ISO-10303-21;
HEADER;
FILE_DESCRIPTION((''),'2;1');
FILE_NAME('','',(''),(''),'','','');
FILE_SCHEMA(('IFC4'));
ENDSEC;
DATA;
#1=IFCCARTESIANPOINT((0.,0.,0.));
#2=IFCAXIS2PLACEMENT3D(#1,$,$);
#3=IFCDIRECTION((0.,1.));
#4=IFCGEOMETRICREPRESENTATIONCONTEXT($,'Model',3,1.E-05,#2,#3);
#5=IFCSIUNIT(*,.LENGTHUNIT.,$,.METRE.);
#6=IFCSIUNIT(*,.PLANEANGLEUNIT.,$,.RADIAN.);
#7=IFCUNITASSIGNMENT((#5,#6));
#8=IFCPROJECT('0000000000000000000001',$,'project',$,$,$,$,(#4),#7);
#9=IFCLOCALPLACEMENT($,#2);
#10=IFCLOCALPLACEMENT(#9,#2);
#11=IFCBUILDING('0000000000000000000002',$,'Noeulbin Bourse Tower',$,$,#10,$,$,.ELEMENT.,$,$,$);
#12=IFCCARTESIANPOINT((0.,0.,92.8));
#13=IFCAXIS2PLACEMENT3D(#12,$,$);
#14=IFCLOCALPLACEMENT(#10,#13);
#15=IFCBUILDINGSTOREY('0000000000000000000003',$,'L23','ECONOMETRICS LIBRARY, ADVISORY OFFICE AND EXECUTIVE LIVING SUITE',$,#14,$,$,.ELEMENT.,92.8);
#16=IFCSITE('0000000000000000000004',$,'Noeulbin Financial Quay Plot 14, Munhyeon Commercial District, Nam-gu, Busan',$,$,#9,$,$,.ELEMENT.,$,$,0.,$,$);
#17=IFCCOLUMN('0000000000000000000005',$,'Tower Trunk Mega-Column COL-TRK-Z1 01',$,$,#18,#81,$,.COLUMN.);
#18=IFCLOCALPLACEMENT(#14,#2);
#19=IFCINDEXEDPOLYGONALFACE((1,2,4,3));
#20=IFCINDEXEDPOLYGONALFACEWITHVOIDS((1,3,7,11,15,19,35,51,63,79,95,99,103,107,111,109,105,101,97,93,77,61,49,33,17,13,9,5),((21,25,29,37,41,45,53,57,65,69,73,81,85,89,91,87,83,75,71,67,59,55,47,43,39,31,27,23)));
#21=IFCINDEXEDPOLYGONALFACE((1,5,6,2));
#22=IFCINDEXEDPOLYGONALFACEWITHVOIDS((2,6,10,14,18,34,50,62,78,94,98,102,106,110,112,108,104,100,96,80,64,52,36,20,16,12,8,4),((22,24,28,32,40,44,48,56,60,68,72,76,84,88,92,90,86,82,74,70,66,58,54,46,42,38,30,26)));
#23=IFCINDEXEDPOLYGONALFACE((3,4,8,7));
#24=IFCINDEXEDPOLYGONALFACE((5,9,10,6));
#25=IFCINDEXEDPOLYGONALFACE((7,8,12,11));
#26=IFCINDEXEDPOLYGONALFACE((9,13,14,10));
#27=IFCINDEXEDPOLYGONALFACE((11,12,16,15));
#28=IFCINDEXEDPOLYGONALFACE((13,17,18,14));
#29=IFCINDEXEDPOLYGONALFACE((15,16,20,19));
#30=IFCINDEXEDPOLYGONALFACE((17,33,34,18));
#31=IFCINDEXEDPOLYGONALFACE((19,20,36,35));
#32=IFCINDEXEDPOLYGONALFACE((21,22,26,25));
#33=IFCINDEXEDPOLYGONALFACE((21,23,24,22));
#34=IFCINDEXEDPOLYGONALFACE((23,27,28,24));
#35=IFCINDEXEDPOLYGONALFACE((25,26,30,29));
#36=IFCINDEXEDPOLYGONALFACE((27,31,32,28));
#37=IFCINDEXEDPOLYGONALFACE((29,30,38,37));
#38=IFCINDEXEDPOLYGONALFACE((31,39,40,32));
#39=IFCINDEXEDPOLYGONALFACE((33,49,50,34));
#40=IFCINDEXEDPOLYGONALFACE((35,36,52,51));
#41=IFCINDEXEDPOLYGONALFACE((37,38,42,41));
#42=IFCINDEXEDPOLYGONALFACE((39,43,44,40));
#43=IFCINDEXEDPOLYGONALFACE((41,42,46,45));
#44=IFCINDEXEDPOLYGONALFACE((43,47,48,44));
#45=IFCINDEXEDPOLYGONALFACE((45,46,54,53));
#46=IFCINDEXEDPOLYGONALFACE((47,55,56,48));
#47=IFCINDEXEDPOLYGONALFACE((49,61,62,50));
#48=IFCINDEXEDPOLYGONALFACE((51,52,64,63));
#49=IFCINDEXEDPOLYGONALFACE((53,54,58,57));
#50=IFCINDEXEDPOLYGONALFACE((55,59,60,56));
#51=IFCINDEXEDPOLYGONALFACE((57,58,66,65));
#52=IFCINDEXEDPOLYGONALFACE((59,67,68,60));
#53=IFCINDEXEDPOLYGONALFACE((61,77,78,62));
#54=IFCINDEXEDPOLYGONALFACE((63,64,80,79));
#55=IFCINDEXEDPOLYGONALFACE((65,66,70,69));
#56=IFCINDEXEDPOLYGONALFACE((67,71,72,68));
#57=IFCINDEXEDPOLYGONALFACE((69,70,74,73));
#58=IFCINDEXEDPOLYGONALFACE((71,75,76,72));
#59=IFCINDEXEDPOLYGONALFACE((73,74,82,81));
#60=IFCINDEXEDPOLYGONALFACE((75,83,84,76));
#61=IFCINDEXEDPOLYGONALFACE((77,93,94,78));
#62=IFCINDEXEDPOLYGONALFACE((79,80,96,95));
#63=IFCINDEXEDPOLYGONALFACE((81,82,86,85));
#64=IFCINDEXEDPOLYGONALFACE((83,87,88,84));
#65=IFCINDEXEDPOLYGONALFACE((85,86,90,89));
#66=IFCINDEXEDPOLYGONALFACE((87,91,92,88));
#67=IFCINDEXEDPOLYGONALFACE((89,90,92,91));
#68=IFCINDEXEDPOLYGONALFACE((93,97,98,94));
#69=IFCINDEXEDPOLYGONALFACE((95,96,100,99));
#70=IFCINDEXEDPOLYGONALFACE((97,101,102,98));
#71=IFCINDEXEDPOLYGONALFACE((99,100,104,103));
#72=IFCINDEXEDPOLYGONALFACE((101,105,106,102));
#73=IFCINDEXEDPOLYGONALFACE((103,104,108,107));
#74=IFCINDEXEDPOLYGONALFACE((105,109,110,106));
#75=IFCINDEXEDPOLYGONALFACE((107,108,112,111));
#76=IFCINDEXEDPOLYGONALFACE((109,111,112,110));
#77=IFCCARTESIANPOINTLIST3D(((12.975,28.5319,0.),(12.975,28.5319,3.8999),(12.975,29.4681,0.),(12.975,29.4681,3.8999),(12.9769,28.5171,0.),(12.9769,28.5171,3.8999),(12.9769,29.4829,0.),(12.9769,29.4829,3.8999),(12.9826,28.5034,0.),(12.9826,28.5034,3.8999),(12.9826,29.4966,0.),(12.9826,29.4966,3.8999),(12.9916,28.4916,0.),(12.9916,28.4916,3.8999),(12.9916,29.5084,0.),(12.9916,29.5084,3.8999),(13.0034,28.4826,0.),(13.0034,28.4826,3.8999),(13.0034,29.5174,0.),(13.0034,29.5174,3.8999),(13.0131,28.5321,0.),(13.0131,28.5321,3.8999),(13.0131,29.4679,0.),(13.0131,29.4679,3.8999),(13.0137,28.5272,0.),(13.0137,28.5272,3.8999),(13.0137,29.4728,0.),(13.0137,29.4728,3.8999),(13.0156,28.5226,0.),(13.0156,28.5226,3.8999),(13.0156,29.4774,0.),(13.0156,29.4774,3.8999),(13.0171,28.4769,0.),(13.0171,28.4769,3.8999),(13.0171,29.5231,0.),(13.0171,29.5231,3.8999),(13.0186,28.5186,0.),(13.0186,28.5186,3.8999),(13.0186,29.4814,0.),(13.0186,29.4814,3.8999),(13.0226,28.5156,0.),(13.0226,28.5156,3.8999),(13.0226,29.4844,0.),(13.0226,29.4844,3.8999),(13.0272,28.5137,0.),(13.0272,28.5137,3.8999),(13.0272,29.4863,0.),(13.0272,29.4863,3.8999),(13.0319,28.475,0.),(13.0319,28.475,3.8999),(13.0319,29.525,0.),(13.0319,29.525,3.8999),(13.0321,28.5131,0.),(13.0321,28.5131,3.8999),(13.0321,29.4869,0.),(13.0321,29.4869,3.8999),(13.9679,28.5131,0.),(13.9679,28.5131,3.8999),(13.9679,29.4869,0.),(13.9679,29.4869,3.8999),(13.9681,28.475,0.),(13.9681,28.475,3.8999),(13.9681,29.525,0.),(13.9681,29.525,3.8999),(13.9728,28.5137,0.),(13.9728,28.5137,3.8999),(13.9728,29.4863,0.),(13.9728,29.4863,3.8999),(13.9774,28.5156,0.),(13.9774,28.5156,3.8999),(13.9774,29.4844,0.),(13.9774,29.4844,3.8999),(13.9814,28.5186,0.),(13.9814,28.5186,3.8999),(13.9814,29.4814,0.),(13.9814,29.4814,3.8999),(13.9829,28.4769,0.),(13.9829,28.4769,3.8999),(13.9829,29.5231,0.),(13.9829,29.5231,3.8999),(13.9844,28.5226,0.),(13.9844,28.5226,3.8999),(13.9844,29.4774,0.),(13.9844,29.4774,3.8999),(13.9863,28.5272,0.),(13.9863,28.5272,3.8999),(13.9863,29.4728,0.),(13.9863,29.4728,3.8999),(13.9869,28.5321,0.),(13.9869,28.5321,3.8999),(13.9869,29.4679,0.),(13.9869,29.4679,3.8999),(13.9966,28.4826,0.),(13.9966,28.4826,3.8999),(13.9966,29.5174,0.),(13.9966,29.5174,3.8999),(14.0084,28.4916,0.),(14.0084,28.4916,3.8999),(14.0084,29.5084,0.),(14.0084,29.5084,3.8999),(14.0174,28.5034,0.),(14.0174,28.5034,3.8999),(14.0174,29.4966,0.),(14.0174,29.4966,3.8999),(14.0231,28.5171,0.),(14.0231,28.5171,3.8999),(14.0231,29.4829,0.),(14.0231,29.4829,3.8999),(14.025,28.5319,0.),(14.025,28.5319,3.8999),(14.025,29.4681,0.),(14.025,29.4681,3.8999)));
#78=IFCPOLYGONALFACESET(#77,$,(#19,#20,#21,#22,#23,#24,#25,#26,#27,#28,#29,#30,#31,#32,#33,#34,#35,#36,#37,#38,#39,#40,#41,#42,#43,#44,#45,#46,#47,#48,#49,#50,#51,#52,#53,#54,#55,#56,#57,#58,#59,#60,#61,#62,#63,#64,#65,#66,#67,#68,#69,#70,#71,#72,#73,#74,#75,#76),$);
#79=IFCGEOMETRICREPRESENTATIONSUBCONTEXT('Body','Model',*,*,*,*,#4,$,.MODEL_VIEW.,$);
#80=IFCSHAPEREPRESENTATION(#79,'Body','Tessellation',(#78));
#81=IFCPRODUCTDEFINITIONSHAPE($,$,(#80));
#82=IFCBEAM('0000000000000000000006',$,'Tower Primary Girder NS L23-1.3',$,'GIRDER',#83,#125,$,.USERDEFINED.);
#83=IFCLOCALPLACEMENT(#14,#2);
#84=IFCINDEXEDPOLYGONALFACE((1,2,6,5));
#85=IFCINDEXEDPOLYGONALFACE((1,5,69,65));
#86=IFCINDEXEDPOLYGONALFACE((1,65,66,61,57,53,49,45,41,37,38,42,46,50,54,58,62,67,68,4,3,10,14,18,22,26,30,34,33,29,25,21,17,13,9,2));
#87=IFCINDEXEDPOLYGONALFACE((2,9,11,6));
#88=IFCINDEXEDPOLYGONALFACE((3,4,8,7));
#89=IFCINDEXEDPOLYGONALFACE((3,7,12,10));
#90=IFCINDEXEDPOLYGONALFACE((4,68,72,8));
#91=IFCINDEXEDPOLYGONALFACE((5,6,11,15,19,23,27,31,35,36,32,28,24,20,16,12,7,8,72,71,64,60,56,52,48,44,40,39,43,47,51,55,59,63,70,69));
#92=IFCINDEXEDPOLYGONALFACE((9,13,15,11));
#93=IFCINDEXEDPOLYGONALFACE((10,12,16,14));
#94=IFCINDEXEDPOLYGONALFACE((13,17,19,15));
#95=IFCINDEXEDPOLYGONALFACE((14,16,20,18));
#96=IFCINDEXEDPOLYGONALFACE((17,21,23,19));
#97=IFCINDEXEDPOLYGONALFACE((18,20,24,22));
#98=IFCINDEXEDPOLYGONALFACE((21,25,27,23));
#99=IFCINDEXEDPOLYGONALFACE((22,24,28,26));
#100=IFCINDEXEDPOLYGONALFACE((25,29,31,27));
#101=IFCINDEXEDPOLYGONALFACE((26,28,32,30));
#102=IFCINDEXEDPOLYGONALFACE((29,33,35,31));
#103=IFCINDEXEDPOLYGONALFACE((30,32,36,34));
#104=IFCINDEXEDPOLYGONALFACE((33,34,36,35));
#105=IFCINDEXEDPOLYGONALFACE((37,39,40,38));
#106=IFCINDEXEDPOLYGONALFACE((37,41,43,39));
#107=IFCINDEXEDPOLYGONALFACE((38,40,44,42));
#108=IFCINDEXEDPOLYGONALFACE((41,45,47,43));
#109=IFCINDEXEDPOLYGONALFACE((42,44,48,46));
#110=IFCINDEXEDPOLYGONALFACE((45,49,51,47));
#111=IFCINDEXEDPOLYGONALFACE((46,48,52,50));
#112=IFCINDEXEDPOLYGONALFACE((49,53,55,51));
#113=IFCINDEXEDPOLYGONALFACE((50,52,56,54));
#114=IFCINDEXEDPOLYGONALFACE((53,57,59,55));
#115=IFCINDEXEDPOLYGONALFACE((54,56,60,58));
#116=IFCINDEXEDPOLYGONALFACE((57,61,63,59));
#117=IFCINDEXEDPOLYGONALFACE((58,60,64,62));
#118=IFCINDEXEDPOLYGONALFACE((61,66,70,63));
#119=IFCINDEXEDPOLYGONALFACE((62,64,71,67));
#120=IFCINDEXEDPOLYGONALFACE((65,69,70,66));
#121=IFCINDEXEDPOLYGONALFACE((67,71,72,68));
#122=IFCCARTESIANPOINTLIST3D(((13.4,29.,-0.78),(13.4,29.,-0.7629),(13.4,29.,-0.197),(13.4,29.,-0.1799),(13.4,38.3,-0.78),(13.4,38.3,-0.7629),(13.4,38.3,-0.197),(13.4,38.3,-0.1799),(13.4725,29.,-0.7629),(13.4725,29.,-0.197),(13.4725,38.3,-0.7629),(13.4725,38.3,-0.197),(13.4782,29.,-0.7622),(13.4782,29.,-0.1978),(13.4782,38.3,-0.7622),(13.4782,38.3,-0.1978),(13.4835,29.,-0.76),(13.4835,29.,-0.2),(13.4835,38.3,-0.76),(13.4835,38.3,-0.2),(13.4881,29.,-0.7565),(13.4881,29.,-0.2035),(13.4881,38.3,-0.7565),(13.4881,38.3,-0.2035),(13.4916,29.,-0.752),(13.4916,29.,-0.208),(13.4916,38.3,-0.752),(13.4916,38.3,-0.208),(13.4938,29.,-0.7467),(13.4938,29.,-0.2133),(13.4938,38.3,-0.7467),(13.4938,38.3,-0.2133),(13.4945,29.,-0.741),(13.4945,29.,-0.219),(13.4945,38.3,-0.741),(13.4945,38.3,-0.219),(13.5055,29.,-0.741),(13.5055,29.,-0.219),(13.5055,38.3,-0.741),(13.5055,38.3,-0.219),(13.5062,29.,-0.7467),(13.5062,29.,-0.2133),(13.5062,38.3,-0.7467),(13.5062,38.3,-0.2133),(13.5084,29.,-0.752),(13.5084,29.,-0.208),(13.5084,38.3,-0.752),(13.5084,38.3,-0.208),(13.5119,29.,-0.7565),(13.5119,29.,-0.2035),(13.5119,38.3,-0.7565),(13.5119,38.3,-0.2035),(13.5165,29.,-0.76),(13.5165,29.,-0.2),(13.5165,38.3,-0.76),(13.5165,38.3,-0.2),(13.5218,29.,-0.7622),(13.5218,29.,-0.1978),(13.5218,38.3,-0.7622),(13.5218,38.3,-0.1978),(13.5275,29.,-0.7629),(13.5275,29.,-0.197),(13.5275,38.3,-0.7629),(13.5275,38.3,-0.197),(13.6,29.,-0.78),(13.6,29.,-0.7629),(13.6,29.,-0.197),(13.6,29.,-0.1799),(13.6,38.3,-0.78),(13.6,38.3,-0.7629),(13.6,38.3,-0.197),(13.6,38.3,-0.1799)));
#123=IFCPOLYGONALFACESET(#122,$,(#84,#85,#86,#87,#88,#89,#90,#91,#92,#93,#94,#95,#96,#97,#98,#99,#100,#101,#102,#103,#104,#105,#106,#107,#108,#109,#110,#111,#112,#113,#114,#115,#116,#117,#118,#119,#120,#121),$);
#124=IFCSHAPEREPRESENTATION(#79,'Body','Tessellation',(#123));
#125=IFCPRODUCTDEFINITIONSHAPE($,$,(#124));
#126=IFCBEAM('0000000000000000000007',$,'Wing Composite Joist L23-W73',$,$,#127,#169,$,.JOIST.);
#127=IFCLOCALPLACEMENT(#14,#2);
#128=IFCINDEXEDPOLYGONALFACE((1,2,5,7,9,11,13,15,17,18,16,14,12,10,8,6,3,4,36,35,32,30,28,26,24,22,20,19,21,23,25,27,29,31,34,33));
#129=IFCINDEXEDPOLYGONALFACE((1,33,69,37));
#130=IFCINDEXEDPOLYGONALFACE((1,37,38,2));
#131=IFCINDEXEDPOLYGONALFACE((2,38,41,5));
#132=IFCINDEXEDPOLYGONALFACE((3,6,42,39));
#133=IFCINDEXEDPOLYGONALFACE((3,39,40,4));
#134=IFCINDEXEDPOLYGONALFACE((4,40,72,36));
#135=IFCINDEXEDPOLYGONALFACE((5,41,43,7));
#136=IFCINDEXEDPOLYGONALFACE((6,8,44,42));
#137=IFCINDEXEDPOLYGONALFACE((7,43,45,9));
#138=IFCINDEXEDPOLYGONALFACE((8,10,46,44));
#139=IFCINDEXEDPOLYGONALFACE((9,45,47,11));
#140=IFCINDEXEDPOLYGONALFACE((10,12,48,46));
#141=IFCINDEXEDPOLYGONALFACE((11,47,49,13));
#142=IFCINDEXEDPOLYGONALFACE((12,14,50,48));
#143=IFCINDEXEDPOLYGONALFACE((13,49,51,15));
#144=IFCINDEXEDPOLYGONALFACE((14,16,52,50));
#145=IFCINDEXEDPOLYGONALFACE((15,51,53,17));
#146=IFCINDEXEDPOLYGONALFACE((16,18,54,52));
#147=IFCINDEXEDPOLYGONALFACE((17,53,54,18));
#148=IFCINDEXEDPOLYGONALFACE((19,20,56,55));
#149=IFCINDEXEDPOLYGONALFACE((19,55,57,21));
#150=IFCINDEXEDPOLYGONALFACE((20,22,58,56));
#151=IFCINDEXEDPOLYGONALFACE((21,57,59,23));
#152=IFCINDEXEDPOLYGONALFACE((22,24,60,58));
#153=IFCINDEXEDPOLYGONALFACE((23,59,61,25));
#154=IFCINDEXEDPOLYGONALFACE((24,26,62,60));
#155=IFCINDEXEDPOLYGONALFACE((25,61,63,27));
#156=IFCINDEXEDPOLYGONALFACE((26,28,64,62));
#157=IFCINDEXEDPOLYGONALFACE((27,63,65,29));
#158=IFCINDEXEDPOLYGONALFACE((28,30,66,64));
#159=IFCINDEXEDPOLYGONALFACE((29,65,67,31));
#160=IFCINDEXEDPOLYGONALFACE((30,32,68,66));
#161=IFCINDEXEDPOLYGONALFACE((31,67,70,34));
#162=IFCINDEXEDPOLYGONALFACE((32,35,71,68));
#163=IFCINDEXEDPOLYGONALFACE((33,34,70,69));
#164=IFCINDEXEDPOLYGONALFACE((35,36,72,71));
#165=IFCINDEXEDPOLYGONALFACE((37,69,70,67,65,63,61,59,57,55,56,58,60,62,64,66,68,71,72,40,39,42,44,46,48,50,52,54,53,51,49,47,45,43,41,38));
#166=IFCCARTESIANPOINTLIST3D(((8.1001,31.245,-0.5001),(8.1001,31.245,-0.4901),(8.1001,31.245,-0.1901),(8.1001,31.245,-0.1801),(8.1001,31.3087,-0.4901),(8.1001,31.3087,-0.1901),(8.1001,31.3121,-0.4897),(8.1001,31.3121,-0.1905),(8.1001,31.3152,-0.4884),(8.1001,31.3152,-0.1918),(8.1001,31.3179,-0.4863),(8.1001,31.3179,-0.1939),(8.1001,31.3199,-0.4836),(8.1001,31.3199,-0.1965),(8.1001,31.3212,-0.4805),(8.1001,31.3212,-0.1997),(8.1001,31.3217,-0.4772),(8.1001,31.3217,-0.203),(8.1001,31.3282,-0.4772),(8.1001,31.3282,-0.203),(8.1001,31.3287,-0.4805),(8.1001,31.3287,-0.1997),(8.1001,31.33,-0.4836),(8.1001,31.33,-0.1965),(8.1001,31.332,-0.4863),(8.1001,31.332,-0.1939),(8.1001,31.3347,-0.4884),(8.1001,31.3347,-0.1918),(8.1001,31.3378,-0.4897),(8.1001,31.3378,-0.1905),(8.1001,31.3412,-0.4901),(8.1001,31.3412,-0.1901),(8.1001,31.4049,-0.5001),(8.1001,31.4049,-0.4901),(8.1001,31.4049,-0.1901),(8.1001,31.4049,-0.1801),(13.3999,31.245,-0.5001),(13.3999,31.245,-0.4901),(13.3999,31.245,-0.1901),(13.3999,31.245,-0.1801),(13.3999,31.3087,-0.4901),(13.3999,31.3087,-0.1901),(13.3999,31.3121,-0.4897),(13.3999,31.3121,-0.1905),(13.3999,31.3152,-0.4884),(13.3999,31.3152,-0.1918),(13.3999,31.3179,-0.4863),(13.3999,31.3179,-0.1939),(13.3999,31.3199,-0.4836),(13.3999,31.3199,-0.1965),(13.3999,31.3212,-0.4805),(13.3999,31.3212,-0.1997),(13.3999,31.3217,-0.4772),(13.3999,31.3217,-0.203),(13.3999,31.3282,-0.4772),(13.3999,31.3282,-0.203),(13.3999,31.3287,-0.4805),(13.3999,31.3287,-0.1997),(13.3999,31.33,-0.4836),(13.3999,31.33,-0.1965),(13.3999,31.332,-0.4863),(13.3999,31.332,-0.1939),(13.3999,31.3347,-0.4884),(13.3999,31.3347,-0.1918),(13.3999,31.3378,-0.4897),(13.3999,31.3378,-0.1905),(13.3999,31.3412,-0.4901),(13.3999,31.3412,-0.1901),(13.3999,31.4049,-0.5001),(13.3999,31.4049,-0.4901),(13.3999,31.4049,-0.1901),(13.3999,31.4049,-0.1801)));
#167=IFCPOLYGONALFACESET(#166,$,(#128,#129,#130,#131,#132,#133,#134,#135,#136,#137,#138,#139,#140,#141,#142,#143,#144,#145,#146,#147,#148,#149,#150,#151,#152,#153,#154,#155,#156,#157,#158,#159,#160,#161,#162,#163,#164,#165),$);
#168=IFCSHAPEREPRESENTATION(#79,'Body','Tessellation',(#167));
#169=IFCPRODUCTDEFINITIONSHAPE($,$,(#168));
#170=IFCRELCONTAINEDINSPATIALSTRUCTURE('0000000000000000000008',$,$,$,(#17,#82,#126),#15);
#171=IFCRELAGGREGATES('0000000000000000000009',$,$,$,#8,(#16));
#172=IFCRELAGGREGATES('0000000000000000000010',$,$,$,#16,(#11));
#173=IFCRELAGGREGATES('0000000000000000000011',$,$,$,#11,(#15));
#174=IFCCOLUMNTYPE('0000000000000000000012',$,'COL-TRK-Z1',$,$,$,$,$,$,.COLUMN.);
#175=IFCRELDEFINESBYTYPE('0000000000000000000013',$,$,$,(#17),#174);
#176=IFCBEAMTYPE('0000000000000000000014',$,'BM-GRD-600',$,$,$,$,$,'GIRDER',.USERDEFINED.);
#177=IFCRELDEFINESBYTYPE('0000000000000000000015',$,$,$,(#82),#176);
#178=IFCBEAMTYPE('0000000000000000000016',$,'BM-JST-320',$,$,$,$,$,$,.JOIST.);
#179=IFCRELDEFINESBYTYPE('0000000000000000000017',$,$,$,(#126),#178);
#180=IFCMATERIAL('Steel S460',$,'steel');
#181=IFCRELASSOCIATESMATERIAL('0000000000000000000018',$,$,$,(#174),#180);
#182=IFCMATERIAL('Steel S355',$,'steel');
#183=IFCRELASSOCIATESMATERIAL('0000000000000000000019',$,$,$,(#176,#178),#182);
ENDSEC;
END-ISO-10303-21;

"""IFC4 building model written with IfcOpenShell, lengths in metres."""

from ifc_helpers import new_model, si_unit, direction, frame, origin, origin_2d, place, context, subcontext, project, spatial, hollow_rectangle, i_section, extrude, material, material_profile, profile_set, type_object, element, save


model = new_model("IFC4")

# Units and contexts
model_context = context("Model", 3, precision=1e-05, world=origin(), true_north=direction((0.0, 1.0)))
body_context = subcontext(model_context, "Body", "Model", "MODEL_VIEW")
ifc_project = project(units=[si_unit("LENGTHUNIT", "METRE"), si_unit("PLANEANGLEUNIT", "RADIAN")], contexts=[model_context])

# Site, building, storey
site_placement = place(None, origin())
site = spatial("IfcSite", under=ifc_project, at=site_placement, Name="Noeulbin Financial Quay Plot 14, Munhyeon Commercial District, Nam-gu, Busan", CompositionType="ELEMENT", RefElevation=0.0)
building_placement = place(site_placement, origin())
building = spatial("IfcBuilding", under=site, at=building_placement, Name="Noeulbin Bourse Tower", CompositionType="ELEMENT")
storey_placement = place(building_placement, frame((0.0, 0.0, 92.8)))
storey = spatial("IfcBuildingStorey", under=building, at=storey_placement, Name="L23", Description="ECONOMETRICS LIBRARY, ADVISORY OFFICE AND EXECUTIVE LIVING SUITE", CompositionType="ELEMENT", Elevation=92.8)

# Column
ifc_material_1 = material(Name="Steel S460", Category="steel")
ifc_material_profile_1 = material_profile(ifc_material_1, hollow_rectangle(XDim=1.05, YDim=1.05, WallThickness=0.0381, InnerFilletRadius=0.019, OuterFilletRadius=0.0569, at=origin_2d()), Name="BOX-1050x1050x38", Category="LoadBearing")
ifc_profile_set_1 = profile_set([ifc_material_profile_1], Name="Steel S460")
column_type = type_object("IfcColumnType", Name="COL-TRK-Z1", PredefinedType="COLUMN", material=ifc_profile_set_1)
column_placement = place(storey_placement, frame((13.5, 29.0, 0.0), z_axis=(0.0, 0.0, 1.0), x_axis=(1.0, 0.0, 0.0)))
element("IfcColumn", 1, at=column_placement, inside=storey, type_object=column_type, Name="Tower Trunk Mega-Column COL-TRK-Z1 01", PredefinedType="COLUMN", context=body_context, shape_type="SweptSolid", body=[
    extrude(hollow_rectangle(XDim=1.05, YDim=1.05, WallThickness=0.0381, InnerFilletRadius=0.019, OuterFilletRadius=0.0569, at=origin_2d()), origin(), (0.0, 0.0, 1.0), 3.8999),
])

# Beams
ifc_material_2 = material(Name="Steel S355", Category="steel")
ifc_material_profile_2 = material_profile(ifc_material_2, i_section(OverallWidth=0.2, OverallDepth=0.6001, WebThickness=0.011, FlangeThickness=0.0171, FilletRadius=0.022, at=origin_2d()), Name="H-600x200x11x17", Category="LoadBearing")
ifc_profile_set_2 = profile_set([ifc_material_profile_2], Name="Steel S355")
beam_type_1 = type_object("IfcBeamType", Name="BM-GRD-600", ElementType="GIRDER", PredefinedType="USERDEFINED", material=ifc_profile_set_2)
beam_placement = place(storey_placement, frame((13.5, 29.0, -0.48), z_axis=(0.0, 1.0, 0.0), x_axis=(-1.0, 0.0, 0.0)))
element("IfcBeam", 2, at=beam_placement, inside=storey, type_object=beam_type_1, Name="Tower Primary Girder NS L23-1.3", ObjectType="GIRDER", PredefinedType="USERDEFINED", context=body_context, shape_type="SweptSolid", body=[
    extrude(i_section(OverallWidth=0.2, OverallDepth=0.6001, WebThickness=0.011, FlangeThickness=0.0171, FilletRadius=0.022, at=origin_2d()), origin(), (0.0, 0.0, 1.0), 9.3),
])
ifc_material_profile_3 = material_profile(ifc_material_2, i_section(OverallWidth=0.1599, OverallDepth=0.3201, WebThickness=0.0066, FlangeThickness=0.01, FilletRadius=0.0129, at=origin_2d()), Name="H-320x160x6.5x10", Category="LoadBearing")
ifc_profile_set_3 = profile_set([ifc_material_profile_3], Name="Steel S355")
beam_type_2 = type_object("IfcBeamType", Name="BM-JST-320", PredefinedType="JOIST", material=ifc_profile_set_3)
for number, where, z_axis, x_axis, name in (
    (3, (8.1001, 31.325, -0.3401), (1.0, 0.0, 0.0), (0.0, 1.0, 0.0), "Wing Composite Joist L23-W73"),
):
    element("IfcBeam", number, at=place(storey_placement, frame(where, z_axis=z_axis, x_axis=x_axis)), inside=storey, type_object=beam_type_2, Name=name, PredefinedType="JOIST", context=body_context, shape_type="SweptSolid", body=[
        extrude(i_section(OverallWidth=0.1599, OverallDepth=0.3201, WebThickness=0.0066, FlangeThickness=0.01, FilletRadius=0.0129, at=origin_2d()), origin(), (0.0, 0.0, 1.0), 5.2998),
    ])

save(model, "model.ifc")
